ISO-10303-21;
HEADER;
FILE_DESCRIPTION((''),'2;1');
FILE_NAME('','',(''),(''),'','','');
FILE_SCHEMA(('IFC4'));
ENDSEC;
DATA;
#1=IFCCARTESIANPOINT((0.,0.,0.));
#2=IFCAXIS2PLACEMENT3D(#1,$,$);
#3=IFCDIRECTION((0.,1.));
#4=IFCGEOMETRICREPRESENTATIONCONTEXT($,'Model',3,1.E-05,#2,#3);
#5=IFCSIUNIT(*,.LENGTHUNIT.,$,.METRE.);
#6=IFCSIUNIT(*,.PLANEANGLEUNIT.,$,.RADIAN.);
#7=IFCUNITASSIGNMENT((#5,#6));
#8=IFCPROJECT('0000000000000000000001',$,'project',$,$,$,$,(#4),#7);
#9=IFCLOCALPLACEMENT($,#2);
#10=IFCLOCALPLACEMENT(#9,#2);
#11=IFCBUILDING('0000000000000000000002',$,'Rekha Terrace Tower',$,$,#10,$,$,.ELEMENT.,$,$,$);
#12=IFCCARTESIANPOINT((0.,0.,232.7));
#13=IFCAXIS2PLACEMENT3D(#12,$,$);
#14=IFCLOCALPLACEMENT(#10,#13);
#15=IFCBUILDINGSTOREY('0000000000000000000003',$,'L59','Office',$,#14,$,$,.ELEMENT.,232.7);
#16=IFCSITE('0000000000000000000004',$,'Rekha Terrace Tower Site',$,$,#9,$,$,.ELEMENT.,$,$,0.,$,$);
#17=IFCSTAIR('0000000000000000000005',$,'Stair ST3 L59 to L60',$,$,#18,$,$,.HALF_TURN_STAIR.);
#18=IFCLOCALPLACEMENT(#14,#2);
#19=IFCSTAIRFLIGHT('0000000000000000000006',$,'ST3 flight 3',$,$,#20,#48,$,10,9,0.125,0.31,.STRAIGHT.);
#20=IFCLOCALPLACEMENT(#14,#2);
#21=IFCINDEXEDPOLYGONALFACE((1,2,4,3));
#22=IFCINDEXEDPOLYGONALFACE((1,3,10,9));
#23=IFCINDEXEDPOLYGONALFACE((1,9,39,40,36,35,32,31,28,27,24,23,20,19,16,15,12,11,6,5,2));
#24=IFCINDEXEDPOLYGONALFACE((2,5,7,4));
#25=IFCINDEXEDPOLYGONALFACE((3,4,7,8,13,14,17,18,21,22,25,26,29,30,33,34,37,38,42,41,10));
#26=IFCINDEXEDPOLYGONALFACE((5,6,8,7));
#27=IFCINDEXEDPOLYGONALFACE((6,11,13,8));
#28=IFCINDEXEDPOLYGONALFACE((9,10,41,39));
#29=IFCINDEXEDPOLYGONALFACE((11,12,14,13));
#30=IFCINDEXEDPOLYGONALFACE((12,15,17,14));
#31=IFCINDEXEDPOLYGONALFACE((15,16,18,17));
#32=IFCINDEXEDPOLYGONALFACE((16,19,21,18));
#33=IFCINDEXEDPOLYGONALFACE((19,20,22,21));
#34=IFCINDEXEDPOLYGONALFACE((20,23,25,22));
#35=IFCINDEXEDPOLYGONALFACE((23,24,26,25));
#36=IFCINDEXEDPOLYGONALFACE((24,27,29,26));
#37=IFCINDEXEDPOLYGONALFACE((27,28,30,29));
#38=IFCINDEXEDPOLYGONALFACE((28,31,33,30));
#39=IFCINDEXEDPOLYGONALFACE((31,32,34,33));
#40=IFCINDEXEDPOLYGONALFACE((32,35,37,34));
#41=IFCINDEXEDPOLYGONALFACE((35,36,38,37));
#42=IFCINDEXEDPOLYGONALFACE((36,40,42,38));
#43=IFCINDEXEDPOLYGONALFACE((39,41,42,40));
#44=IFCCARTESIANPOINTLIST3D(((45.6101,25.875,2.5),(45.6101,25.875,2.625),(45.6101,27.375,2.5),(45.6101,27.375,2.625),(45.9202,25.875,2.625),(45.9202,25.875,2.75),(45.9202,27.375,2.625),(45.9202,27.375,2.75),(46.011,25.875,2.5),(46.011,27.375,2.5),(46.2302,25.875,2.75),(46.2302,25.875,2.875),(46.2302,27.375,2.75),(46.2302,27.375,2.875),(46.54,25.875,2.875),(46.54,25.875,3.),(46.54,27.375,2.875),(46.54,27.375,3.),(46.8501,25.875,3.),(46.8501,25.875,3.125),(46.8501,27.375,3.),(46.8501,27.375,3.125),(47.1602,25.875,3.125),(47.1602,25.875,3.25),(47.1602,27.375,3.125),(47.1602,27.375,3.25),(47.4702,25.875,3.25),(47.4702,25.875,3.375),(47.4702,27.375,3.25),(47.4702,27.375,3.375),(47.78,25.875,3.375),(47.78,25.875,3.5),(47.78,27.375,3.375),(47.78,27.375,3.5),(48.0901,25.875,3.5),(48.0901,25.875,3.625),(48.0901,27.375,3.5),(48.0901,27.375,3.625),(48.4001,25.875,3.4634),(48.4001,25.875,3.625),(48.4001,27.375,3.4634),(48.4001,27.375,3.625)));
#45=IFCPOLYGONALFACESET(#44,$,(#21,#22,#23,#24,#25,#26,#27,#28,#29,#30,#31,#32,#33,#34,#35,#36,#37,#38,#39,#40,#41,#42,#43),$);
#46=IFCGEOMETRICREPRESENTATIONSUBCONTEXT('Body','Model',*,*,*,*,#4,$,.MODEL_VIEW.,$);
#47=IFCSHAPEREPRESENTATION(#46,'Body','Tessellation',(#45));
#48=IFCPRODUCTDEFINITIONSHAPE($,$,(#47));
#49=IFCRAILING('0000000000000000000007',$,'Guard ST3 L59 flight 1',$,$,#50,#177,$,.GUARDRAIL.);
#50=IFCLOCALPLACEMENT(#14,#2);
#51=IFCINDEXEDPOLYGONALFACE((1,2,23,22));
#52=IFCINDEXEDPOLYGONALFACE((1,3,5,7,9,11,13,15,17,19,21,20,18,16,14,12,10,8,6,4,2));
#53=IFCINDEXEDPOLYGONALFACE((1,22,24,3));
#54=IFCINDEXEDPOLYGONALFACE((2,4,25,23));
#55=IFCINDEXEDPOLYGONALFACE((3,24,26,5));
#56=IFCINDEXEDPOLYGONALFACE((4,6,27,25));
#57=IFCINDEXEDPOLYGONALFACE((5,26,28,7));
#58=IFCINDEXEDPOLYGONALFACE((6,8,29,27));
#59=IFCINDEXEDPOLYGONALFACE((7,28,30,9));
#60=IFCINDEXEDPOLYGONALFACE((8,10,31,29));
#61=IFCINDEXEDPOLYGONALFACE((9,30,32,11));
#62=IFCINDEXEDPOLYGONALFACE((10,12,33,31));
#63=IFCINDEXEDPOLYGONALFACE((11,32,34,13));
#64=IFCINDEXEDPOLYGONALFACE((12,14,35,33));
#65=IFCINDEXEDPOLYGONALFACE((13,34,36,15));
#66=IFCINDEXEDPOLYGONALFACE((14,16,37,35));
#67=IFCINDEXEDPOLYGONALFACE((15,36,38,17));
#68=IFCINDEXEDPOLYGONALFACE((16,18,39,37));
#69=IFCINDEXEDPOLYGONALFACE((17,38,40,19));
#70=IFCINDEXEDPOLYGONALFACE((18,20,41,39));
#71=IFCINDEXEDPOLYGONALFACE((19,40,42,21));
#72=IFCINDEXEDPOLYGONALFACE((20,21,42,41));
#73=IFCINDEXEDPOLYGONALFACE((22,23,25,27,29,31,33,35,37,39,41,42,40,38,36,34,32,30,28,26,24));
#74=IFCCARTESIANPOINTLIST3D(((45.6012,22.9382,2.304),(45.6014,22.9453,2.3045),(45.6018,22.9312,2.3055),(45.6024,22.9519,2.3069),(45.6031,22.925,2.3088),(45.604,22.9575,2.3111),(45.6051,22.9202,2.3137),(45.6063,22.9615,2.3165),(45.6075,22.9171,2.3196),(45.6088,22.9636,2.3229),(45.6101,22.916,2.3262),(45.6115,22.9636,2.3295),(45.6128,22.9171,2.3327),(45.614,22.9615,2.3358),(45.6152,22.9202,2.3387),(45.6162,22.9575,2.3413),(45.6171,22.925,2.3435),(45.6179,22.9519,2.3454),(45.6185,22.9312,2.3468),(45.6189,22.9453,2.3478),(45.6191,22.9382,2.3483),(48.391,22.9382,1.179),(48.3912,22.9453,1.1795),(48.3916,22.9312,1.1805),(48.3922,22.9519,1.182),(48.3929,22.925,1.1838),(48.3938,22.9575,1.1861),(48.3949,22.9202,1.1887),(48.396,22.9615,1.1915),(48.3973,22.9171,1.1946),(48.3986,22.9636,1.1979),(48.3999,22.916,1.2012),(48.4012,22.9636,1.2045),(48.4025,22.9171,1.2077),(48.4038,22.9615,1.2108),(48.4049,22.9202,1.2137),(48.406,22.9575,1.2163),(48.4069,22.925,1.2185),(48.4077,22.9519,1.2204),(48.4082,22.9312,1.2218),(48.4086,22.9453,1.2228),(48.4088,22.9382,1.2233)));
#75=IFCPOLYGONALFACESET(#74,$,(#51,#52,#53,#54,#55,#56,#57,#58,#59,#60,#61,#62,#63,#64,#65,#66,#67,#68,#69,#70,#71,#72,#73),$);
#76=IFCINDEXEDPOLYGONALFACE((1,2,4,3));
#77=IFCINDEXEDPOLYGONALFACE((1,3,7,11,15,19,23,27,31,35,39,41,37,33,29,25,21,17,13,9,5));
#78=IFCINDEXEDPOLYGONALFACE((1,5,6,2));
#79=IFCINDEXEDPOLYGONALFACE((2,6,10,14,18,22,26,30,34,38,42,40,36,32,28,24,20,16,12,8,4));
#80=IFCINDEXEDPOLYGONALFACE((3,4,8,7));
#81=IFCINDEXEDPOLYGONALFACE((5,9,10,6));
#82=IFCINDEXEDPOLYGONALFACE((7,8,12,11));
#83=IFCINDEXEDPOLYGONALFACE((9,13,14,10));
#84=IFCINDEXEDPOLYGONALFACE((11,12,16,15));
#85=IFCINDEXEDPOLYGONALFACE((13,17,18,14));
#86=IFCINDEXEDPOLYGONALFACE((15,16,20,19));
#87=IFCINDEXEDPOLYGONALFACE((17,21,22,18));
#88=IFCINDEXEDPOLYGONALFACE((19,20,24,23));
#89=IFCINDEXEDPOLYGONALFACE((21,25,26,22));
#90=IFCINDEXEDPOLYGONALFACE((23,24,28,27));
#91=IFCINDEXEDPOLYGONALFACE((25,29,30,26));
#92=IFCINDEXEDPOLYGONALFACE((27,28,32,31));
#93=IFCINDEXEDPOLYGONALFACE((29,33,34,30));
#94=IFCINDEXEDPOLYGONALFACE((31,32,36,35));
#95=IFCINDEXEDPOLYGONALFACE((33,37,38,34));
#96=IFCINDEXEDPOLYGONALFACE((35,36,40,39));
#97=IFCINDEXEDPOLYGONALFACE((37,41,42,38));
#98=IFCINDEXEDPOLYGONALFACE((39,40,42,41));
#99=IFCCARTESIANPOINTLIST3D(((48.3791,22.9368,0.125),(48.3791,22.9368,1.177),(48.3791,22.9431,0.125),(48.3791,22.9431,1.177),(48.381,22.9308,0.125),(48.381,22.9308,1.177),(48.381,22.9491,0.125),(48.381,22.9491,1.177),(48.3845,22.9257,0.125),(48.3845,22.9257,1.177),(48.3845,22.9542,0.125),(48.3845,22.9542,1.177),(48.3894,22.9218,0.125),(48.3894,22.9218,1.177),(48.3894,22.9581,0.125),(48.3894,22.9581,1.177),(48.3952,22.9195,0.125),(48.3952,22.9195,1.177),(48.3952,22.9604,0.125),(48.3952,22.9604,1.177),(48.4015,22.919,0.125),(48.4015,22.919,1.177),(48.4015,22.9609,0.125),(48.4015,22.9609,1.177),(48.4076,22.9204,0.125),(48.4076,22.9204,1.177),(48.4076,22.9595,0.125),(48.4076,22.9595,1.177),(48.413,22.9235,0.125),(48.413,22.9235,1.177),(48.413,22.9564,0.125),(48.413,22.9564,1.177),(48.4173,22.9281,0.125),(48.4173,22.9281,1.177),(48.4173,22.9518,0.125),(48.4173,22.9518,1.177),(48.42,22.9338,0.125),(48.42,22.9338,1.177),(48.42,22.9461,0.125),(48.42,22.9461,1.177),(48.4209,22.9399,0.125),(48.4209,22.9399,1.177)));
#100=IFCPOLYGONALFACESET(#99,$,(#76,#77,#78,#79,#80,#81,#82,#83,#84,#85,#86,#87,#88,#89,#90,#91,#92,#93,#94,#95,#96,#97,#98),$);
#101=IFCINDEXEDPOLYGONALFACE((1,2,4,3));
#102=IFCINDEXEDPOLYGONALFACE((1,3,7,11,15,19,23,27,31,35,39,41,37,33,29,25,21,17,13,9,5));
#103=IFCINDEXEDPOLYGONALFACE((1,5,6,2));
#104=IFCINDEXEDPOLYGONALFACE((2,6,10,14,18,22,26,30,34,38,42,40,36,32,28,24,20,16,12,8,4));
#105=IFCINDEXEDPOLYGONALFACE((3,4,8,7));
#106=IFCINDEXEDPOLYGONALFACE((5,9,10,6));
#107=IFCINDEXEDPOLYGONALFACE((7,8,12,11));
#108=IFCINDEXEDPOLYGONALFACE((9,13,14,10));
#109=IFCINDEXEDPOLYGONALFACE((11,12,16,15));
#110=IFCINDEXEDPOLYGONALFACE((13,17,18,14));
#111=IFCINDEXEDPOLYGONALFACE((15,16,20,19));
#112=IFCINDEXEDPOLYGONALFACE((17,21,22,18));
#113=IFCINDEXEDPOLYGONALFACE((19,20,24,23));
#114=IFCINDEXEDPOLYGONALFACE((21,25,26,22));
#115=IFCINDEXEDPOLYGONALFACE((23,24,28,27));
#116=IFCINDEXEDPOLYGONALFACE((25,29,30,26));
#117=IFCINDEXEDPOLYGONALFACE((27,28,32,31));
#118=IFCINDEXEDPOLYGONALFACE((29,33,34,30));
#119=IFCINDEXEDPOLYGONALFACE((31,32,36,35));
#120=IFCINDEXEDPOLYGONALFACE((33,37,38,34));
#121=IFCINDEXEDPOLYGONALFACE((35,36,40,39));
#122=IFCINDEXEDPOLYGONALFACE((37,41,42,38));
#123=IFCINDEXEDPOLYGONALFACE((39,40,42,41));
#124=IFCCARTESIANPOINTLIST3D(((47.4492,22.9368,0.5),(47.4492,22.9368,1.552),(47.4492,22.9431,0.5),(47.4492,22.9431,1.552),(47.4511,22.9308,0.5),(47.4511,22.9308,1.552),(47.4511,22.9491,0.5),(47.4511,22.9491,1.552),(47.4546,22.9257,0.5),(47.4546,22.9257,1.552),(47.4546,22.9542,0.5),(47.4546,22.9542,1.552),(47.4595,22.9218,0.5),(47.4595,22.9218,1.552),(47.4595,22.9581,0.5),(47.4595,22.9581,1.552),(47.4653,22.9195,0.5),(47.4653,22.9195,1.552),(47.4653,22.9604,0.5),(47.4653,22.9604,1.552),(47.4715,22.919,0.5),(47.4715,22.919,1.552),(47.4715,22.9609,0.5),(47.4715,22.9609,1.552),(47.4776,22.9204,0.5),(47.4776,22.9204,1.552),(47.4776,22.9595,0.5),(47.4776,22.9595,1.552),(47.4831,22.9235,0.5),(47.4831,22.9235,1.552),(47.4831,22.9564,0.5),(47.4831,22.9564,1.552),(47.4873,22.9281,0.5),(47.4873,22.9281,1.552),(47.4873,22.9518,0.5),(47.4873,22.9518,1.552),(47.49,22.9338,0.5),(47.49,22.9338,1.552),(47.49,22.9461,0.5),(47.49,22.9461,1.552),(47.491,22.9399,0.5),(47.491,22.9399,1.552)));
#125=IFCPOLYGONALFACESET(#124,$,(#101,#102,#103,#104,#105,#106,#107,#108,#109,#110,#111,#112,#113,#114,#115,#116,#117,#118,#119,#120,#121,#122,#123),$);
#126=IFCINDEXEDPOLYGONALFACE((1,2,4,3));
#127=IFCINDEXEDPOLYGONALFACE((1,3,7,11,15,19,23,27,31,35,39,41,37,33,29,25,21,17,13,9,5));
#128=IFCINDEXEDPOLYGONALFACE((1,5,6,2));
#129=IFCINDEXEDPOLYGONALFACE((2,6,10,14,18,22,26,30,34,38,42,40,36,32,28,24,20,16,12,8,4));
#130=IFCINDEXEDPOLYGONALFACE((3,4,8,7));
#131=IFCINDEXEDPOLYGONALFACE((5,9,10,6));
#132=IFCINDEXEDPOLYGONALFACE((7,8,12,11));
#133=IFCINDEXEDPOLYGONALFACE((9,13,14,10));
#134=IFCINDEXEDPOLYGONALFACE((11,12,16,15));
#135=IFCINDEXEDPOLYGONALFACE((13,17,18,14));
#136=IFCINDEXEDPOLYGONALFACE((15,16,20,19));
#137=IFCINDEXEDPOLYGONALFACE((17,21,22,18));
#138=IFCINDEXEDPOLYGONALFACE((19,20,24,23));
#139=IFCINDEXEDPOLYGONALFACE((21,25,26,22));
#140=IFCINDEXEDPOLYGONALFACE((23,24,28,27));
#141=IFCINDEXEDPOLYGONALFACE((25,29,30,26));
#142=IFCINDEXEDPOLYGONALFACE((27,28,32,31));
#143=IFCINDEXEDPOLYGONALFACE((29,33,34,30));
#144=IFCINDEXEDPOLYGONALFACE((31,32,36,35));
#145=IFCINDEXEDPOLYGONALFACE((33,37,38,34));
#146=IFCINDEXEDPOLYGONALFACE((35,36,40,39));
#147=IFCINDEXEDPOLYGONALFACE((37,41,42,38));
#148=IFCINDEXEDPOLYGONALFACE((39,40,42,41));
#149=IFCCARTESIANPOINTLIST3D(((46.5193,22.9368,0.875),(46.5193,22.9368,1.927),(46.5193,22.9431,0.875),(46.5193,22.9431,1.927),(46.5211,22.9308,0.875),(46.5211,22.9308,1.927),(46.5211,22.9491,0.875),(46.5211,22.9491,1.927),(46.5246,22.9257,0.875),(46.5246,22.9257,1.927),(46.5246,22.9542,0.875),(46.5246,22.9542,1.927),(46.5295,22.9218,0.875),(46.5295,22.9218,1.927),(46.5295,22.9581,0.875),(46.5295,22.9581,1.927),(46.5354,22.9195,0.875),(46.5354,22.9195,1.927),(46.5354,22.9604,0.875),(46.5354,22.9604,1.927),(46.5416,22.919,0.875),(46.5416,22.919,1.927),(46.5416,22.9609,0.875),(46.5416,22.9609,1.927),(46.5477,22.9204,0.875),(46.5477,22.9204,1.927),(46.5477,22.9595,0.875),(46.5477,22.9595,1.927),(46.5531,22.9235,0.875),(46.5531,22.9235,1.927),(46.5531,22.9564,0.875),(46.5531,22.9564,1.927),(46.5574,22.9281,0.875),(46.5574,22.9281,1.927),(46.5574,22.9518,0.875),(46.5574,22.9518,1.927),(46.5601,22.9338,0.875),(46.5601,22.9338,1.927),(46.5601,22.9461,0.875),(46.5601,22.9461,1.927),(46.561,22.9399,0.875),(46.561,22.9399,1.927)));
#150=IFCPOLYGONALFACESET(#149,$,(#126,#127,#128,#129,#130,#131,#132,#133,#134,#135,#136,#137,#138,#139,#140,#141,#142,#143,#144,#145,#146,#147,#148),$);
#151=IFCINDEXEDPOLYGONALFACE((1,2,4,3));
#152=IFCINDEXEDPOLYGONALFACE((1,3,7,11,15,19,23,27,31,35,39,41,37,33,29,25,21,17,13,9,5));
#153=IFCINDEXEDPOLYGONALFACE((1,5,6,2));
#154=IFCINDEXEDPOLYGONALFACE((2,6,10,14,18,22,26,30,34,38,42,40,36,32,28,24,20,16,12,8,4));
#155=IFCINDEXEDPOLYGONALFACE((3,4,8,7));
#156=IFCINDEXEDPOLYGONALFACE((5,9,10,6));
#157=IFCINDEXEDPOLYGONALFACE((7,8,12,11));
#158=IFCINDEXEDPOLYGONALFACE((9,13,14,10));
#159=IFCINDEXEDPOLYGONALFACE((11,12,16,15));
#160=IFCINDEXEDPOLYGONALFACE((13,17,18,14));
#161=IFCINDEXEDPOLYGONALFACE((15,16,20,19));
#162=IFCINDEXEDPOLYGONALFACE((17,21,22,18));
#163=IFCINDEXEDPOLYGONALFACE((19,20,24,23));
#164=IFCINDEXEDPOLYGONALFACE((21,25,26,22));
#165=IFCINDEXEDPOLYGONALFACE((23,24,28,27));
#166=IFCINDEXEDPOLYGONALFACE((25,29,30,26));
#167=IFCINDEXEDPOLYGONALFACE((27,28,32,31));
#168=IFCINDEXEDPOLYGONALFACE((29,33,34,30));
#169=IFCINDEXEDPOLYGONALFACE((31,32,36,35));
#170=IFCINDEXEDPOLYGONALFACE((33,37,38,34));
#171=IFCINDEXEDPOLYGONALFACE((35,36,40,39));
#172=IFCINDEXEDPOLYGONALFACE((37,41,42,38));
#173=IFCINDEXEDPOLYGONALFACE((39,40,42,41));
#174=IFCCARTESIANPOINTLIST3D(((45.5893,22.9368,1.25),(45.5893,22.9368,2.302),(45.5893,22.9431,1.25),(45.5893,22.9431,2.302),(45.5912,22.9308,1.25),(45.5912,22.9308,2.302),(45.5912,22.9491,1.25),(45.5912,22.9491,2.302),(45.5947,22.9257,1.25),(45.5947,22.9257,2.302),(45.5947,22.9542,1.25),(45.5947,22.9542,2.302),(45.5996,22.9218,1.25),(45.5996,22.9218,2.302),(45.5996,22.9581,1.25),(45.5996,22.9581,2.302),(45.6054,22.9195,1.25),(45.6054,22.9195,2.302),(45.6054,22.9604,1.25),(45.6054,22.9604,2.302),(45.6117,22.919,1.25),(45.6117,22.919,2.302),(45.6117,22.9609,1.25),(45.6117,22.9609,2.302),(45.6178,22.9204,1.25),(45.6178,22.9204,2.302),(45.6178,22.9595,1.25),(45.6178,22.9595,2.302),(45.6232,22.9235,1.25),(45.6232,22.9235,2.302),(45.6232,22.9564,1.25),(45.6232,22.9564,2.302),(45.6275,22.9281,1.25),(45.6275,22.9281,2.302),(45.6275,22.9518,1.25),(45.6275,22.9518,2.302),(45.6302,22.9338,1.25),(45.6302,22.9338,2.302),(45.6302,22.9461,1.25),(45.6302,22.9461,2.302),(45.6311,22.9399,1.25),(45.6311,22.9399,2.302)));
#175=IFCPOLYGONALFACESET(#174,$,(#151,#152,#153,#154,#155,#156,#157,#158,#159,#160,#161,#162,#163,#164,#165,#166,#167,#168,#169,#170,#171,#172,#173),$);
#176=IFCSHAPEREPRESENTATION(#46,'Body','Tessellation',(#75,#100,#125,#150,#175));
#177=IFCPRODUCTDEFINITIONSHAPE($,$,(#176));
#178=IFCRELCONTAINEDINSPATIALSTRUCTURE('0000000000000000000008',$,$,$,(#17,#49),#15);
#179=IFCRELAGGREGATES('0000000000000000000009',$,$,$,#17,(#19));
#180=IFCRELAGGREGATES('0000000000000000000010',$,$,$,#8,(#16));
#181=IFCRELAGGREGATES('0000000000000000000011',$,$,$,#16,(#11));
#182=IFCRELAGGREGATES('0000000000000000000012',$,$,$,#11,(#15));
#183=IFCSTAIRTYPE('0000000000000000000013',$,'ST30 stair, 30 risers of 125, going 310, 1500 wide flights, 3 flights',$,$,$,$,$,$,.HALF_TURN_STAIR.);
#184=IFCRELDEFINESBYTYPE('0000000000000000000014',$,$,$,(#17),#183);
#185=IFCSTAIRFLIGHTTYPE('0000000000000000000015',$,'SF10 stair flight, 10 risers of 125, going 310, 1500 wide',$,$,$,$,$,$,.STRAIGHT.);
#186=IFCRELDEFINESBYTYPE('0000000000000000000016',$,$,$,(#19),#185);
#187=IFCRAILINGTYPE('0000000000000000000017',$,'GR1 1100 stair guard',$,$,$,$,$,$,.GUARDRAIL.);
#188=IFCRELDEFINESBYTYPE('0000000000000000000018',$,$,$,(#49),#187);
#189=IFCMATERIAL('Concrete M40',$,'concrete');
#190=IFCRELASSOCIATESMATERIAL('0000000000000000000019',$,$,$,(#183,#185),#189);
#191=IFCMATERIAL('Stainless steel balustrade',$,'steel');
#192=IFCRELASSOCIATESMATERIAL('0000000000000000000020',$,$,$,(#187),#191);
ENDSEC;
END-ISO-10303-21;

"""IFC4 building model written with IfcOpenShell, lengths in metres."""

from ifc_helpers import new_model, si_unit, direction, frame, origin, origin_2d, place, context, subcontext, project, spatial, polyline, circle, outline, extrude, material, type_object, element, aggregate, save


model = new_model("IFC4")

# Units and contexts
model_context = context("Model", 3, precision=1e-05, world=origin(), true_north=direction((0.0, 1.0)))
body_context = subcontext(model_context, "Body", "Model", "MODEL_VIEW")
ifc_project = project(units=[si_unit("LENGTHUNIT", "METRE"), si_unit("PLANEANGLEUNIT", "RADIAN")], contexts=[model_context])

# Site, building, storey
site_placement = place(None, origin())
site = spatial("IfcSite", under=ifc_project, at=site_placement, Name="Rekha Terrace Tower Site", CompositionType="ELEMENT", RefElevation=0.0)
building_placement = place(site_placement, origin())
building = spatial("IfcBuilding", under=site, at=building_placement, Name="Rekha Terrace Tower", CompositionType="ELEMENT")
storey_placement = place(building_placement, frame((0.0, 0.0, 232.7)))
storey = spatial("IfcBuildingStorey", under=building, at=storey_placement, Name="L59", Description="Office", CompositionType="ELEMENT", Elevation=232.7)

# Stair, stair flight
ifc_material_1 = material(Name="Concrete M40", Category="concrete")
stair_type = type_object("IfcStairType", Name="ST30 stair, 30 risers of 125, going 310, 1500 wide flights, 3 flights", PredefinedType="HALF_TURN_STAIR", material=ifc_material_1)
stair_placement = place(storey_placement, origin())
stair = element("IfcStair", 1, at=stair_placement, inside=storey, type_object=stair_type, Name="Stair ST3 L59 to L60", PredefinedType="HALF_TURN_STAIR")
stair_flight_type = type_object("IfcStairFlightType", Name="SF10 stair flight, 10 risers of 125, going 310, 1500 wide", PredefinedType="STRAIGHT", material=ifc_material_1)
stair_flight_1_placement = place(storey_placement, frame((45.6101, 26.625, 2.5), z_axis=(0.0, 0.0, 1.0), x_axis=(1.0, 0.0, 0.0)))
stair_flight_1 = element("IfcStairFlight", 2, at=stair_flight_1_placement, type_object=stair_flight_type, Name="ST3 flight 3", NumberOfRisers=10, NumberOfTreads=9, PredefinedType="STRAIGHT", RiserHeight=0.125, TreadLength=0.31, context=body_context, shape_type="SweptSolid", body=[
    extrude(outline(polyline([(0.0, 0.0), (0.0, 0.125), (0.3101, 0.125), (0.3101, 0.25), (0.6201, 0.25), (0.6201, 0.375), (0.9299, 0.375), (0.9299, 0.5), (1.24, 0.5), (1.24, 0.625), (1.55, 0.625), (1.55, 0.75), (1.8601, 0.75), (1.8601, 0.875), (2.1699, 0.875), (2.1699, 1.0), (2.48, 1.0), (2.48, 1.125), (2.79, 1.125), (2.79, 1.25), (2.79, 0.9634), (0.4009, 0.0), (0.0, 0.0)])), frame((0.0, 0.75, 0.0), z_axis=(0.0, -1.0, 0.0), x_axis=(1.0, 0.0, 0.0)), (0.0, 0.0, 1.0), 1.5),
])
aggregate(stair, [stair_flight_1])

# Railing
ifc_material_2 = material(Name="Stainless steel balustrade", Category="steel")
railing_type_1 = type_object("IfcRailingType", Name="GR1 1100 stair guard", PredefinedType="GUARDRAIL", material=ifc_material_2)
railing_1_placement = place(storey_placement, frame((48.3999, 22.9399, 0.125)))
element("IfcRailing", 3, at=railing_1_placement, inside=storey, type_object=railing_type_1, Name="Guard ST3 L59 flight 1", PredefinedType="GUARDRAIL", context=body_context, shape_type="SweptSolid", body=[
    extrude(circle(Radius=0.0239, at=origin_2d()), frame((0.0, 0.0, 1.0762), z_axis=(-0.927432, 0.0, 0.373992), x_axis=(0.0, -1.0, 0.0)), (0.0, 0.0, 1.0), 3.0081),
    extrude(circle(Radius=0.021, at=origin_2d()), origin(), (0.0, 0.0, 1.0), 1.052),
    extrude(circle(Radius=0.021, at=origin_2d()), frame((-0.9299, 0.0, 0.375)), (0.0, 0.0, 1.0), 1.052),
    extrude(circle(Radius=0.021, at=origin_2d()), frame((-1.8599, 0.0, 0.75)), (0.0, 0.0, 1.0), 1.052),
    extrude(circle(Radius=0.021, at=origin_2d()), frame((-2.7898, 0.0, 1.125)), (0.0, 0.0, 1.0), 1.052),
])

save(model, "model.ifc")
